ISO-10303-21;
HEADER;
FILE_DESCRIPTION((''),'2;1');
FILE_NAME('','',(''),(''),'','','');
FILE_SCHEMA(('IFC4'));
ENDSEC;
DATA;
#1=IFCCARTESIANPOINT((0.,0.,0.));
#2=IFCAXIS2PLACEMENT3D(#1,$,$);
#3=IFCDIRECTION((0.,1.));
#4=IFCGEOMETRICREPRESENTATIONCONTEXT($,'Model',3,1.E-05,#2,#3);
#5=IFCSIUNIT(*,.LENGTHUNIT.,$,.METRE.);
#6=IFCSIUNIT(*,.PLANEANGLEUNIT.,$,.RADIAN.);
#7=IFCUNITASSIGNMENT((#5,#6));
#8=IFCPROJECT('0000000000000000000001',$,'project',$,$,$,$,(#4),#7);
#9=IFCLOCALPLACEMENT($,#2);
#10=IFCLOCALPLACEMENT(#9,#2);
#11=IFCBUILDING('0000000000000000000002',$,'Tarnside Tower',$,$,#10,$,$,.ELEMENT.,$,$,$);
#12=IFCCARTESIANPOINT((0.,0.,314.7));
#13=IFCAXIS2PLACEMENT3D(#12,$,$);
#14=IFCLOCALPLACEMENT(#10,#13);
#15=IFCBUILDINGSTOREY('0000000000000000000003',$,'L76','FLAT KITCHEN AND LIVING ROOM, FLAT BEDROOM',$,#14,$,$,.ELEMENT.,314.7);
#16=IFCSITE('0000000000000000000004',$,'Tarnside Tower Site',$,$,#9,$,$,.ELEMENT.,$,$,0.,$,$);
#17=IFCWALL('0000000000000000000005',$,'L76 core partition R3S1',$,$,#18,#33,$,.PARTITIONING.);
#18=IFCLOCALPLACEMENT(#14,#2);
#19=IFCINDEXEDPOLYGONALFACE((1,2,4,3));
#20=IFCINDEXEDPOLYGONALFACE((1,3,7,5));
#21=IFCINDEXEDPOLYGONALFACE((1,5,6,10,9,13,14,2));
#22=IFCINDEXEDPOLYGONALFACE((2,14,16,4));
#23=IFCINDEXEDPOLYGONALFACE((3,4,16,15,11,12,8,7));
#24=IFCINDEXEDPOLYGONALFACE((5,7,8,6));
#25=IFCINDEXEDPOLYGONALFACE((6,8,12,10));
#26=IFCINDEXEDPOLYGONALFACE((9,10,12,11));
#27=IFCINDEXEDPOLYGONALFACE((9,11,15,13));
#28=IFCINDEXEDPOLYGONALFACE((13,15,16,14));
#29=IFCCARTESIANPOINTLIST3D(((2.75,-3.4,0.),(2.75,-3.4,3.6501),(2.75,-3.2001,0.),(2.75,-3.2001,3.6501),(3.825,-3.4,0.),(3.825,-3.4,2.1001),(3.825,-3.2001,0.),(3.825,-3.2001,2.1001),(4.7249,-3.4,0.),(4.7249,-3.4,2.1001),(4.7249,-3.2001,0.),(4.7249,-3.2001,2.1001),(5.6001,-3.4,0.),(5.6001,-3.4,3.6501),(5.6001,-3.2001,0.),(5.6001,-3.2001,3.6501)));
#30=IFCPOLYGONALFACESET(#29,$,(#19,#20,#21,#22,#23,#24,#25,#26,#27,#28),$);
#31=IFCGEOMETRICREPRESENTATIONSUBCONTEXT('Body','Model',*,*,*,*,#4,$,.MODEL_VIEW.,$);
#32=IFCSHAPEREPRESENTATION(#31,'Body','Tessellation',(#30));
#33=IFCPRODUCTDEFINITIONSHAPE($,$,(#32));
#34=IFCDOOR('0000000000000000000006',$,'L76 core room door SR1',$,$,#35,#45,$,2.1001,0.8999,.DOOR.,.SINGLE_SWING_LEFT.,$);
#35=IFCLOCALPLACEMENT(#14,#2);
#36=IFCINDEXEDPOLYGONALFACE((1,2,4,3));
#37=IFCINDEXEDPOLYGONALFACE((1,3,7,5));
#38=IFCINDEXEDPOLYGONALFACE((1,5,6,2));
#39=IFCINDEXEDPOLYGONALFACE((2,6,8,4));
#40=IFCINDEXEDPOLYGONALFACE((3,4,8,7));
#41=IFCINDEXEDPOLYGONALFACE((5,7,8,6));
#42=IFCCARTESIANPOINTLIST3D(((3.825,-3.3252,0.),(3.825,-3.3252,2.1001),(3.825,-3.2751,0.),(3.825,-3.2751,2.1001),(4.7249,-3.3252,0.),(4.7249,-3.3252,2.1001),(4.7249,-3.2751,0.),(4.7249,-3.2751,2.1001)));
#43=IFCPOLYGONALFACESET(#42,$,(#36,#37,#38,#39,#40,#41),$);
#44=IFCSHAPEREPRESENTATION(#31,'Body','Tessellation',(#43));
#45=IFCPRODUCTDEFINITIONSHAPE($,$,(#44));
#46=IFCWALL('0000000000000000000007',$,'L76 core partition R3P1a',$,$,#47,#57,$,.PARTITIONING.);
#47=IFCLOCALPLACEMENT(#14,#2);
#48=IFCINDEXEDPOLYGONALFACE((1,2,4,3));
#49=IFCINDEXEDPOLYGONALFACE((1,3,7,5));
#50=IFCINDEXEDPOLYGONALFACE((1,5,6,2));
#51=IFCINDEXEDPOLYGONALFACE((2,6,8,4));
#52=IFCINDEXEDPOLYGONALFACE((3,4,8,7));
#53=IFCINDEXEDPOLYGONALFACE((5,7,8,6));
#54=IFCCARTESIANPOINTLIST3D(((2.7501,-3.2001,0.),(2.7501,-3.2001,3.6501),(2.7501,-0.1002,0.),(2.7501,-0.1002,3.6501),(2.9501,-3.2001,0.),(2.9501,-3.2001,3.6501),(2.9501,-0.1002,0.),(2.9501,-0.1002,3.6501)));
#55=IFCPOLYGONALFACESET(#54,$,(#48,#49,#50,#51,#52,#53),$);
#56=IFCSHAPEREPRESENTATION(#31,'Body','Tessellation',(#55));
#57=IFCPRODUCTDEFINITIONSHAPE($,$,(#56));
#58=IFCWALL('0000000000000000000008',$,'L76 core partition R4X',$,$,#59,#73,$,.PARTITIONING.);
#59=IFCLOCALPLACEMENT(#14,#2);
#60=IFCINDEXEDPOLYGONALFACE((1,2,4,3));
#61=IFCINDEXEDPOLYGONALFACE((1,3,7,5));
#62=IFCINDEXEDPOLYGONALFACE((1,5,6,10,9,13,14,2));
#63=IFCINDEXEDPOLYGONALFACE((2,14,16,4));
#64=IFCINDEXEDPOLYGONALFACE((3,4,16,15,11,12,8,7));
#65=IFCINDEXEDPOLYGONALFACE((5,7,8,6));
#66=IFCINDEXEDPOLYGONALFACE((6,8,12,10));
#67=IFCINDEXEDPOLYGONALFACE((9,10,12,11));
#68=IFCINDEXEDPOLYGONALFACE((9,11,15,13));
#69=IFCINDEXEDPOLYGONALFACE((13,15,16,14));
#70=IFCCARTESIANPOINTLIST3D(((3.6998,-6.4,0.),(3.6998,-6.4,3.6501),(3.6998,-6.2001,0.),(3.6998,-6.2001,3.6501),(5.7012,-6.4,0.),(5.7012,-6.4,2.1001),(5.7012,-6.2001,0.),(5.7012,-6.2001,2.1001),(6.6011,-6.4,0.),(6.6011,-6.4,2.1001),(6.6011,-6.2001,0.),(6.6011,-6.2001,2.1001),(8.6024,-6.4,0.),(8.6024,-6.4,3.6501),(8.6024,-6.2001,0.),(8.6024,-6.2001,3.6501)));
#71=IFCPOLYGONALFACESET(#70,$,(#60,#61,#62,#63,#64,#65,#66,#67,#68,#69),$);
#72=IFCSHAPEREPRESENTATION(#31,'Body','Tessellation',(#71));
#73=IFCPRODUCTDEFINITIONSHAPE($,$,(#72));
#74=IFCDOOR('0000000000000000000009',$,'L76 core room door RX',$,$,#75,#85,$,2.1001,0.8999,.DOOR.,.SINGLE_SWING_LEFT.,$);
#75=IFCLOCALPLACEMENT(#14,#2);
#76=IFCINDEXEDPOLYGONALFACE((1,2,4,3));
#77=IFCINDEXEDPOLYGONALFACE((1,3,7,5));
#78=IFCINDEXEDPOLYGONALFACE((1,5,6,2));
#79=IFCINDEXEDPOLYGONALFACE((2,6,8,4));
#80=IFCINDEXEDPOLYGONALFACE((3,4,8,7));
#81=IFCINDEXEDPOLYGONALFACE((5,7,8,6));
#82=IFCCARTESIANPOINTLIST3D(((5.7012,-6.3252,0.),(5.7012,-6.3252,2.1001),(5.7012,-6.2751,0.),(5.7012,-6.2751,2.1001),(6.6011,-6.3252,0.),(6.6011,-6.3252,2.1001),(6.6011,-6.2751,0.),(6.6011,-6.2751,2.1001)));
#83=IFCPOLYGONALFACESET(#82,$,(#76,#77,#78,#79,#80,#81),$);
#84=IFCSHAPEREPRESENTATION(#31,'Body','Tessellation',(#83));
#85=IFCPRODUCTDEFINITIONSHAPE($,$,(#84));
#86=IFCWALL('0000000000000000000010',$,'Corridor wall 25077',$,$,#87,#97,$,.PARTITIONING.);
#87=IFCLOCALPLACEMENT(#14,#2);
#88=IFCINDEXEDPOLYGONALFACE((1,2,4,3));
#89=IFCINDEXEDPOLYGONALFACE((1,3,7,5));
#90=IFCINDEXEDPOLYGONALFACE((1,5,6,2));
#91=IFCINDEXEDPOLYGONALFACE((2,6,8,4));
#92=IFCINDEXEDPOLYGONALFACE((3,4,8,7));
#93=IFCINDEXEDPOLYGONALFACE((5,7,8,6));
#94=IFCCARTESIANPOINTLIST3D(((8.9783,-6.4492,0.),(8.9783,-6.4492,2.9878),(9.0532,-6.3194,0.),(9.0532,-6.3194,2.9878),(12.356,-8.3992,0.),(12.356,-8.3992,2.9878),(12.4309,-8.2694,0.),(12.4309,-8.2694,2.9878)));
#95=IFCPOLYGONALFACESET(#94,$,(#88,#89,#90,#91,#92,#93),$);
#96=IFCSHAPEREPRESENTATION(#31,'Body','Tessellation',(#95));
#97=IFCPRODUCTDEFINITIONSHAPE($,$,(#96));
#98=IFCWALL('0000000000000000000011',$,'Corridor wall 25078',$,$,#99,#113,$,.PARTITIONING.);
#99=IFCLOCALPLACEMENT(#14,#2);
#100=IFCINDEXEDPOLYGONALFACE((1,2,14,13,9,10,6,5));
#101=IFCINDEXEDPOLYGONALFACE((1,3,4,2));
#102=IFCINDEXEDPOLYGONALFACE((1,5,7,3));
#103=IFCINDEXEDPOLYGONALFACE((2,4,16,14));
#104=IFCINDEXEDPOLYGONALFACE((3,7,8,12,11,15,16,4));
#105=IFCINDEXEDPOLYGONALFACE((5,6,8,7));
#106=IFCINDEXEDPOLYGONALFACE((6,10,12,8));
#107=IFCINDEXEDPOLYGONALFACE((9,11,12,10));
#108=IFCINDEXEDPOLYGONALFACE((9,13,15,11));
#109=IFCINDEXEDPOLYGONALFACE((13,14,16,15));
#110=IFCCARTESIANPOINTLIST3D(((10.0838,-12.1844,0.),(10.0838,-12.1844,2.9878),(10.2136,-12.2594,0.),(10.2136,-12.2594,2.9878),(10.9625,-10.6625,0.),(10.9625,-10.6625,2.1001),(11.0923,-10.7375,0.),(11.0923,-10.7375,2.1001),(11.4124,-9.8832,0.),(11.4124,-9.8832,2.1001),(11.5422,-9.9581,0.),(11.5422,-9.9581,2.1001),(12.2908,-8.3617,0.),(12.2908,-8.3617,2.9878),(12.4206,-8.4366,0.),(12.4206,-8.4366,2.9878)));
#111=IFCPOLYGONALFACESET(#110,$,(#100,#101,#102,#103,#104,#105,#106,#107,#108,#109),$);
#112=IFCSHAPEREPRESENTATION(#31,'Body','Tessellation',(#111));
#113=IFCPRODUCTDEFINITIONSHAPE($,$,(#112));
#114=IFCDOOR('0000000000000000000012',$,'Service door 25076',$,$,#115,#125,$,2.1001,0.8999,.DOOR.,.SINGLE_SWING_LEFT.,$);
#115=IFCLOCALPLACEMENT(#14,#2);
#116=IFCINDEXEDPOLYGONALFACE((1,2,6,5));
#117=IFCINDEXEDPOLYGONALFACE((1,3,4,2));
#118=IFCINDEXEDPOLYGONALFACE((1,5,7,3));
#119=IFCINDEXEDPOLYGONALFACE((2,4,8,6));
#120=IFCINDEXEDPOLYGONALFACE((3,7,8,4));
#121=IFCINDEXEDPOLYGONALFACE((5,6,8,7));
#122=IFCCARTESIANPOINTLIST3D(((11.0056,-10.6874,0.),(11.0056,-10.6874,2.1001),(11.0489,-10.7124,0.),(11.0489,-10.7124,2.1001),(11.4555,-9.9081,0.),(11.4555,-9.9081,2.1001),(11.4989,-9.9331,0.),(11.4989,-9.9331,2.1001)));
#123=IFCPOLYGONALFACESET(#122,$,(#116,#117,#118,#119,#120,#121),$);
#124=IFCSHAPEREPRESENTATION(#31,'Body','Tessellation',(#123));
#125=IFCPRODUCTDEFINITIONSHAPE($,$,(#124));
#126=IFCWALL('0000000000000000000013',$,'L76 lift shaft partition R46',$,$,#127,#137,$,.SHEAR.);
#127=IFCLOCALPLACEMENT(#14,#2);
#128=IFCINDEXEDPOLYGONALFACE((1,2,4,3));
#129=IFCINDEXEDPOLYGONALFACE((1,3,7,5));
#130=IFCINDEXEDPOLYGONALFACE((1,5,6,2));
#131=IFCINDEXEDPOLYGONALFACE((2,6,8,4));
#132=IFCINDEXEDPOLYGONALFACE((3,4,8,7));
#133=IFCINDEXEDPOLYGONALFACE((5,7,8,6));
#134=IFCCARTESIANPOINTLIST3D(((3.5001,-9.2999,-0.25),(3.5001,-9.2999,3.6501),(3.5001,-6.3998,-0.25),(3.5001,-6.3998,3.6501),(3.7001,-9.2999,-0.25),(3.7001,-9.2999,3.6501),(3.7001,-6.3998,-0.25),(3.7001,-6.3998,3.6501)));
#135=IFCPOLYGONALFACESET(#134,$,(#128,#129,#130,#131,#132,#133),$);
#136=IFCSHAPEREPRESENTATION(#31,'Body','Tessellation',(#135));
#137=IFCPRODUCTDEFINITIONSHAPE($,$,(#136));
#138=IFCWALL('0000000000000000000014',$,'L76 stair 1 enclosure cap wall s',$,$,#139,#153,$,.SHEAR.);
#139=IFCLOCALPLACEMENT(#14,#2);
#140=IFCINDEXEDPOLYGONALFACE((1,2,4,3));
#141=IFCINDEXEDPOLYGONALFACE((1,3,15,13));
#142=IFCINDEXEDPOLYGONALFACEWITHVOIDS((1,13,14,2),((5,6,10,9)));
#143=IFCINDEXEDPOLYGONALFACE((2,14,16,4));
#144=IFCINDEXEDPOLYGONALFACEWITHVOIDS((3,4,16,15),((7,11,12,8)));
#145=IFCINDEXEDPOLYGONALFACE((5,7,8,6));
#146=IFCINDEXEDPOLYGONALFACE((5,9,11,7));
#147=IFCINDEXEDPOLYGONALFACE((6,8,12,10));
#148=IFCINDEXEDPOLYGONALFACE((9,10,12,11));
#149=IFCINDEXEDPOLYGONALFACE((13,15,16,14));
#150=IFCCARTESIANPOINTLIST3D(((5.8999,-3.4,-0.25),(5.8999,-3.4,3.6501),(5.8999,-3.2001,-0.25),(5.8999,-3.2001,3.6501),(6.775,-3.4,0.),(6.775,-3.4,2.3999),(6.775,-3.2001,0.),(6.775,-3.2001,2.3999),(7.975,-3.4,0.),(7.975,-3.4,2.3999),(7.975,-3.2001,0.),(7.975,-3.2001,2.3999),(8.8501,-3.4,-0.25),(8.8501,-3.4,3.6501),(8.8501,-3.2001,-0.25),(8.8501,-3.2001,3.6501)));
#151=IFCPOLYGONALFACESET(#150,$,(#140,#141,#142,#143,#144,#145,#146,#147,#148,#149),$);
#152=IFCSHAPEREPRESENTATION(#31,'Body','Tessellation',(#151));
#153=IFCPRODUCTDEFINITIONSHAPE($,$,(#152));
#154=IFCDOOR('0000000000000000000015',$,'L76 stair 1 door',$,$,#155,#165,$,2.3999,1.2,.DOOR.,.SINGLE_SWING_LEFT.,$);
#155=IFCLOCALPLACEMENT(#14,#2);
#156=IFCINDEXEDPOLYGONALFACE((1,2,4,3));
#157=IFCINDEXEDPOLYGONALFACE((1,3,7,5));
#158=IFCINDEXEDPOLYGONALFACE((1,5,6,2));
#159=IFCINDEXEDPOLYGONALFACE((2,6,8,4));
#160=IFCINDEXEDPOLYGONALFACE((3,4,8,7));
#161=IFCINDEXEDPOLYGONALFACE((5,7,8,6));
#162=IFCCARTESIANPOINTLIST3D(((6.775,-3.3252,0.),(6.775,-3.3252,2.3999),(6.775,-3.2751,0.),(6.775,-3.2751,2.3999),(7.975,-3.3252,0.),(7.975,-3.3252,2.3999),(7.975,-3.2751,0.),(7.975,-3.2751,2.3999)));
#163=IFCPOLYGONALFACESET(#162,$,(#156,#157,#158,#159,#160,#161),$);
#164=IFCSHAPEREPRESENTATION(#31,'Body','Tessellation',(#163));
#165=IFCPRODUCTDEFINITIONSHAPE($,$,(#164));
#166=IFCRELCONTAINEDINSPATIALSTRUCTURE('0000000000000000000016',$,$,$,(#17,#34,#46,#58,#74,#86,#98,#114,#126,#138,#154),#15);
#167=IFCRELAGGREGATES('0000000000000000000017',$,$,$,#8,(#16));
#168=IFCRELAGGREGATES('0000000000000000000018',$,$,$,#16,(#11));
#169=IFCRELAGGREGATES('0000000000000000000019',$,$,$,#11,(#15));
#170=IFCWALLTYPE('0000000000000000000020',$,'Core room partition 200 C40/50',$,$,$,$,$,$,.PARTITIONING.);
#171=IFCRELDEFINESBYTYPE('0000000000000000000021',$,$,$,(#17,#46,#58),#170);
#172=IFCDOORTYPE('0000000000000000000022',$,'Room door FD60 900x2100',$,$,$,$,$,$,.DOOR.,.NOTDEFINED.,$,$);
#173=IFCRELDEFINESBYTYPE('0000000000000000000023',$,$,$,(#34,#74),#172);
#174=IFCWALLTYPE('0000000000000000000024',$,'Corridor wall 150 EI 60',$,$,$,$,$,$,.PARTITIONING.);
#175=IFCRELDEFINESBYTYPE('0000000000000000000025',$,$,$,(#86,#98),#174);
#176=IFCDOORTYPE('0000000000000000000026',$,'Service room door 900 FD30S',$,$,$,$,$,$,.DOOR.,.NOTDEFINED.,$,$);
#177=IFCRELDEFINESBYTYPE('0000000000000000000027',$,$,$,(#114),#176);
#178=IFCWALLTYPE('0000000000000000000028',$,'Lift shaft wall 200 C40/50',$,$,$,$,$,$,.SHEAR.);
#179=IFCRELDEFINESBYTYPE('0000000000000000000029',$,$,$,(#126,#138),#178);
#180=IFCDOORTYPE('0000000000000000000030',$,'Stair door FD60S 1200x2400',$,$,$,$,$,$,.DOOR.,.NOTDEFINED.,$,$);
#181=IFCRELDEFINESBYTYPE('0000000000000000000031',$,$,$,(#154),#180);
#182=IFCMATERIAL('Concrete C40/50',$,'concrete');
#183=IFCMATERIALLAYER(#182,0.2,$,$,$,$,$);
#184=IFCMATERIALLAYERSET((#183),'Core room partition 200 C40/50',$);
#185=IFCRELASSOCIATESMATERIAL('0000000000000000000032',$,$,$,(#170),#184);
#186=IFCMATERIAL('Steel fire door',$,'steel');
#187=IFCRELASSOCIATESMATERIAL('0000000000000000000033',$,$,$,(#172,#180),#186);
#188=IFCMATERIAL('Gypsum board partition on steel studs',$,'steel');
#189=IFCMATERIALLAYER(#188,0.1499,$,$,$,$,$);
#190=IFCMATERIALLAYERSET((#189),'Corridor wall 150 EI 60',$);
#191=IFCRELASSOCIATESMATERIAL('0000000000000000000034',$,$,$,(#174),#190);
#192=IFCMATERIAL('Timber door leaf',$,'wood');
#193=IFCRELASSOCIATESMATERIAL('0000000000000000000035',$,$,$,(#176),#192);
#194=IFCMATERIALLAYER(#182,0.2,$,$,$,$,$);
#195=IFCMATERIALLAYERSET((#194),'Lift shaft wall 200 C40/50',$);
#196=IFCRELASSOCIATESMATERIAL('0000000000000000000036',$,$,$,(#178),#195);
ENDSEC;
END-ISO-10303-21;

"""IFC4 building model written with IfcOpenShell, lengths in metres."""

from ifc_helpers import new_model, si_unit, direction, frame, frame_2d, origin, place, context, subcontext, project, spatial, rectangle, extrude, material, layer, layer_set, type_object, element, fill, save


model = new_model("IFC4")

# Units and contexts
model_context = context("Model", 3, precision=1e-05, world=origin(), true_north=direction((0.0, 1.0)))
body_context = subcontext(model_context, "Body", "Model", "MODEL_VIEW")
ifc_project = project(units=[si_unit("LENGTHUNIT", "METRE"), si_unit("PLANEANGLEUNIT", "RADIAN")], contexts=[model_context])

# Site, building, storey
site_placement = place(None, origin())
site = spatial("IfcSite", under=ifc_project, at=site_placement, Name="Tarnside Tower Site", CompositionType="ELEMENT", RefElevation=0.0)
building_placement = place(site_placement, origin())
building = spatial("IfcBuilding", under=site, at=building_placement, Name="Tarnside Tower", CompositionType="ELEMENT")
storey_placement = place(building_placement, frame((0.0, 0.0, 314.7)))
storey = spatial("IfcBuildingStorey", under=building, at=storey_placement, Name="L76", Description="FLAT KITCHEN AND LIVING ROOM, FLAT BEDROOM", CompositionType="ELEMENT", Elevation=314.7)

# Wall, opening, door
ifc_material_1 = material(Name="Concrete C40/50", Category="concrete")
ifc_layer_1 = layer(ifc_material_1, 0.2)
ifc_layer_set_1 = layer_set([ifc_layer_1], Name="Core room partition 200 C40/50")
wall_type_1 = type_object("IfcWallType", Name="Core room partition 200 C40/50", PredefinedType="PARTITIONING", material=ifc_layer_set_1)
wall_1_placement = place(storey_placement, frame((2.75, -3.3, 0.0), z_axis=(0.0, 0.0, 1.0), x_axis=(1.0, 0.0, 0.0)))
wall_1 = element("IfcWall", 1, at=wall_1_placement, inside=storey, type_object=wall_type_1, Name="L76 core partition R3S1", PredefinedType="PARTITIONING", context=body_context, shape_type="SweptSolid", body=[
    extrude(rectangle(XDim=2.8501, YDim=0.2, at=frame_2d((1.425, 0.0))), origin(), (0.0, 0.0, 1.0), 3.6501),
])
opening_1_placement = place(wall_1_placement, frame((1.075, 0.0, 0.0)))
opening_1 = element("IfcOpeningElement", 2, at=opening_1_placement, cuts=wall_1, PredefinedType="OPENING", context=body_context, shape_type="SweptSolid", body=[
    extrude(rectangle(XDim=0.8999, YDim=2.1001, at=frame_2d((0.45, 1.05))), frame((0.0, 0.1099, 0.0), z_axis=(0.0, -1.0, 0.0), x_axis=(1.0, 0.0, 0.0)), (0.0, 0.0, 1.0), 0.22),
])
ifc_material_2 = material(Name="Steel fire door", Category="steel")
door_type_1 = type_object("IfcDoorType", Name="Room door FD60 900x2100", OperationType="NOTDEFINED", PredefinedType="DOOR", material=ifc_material_2)
door_1_placement = place(opening_1_placement, origin())
door_1 = element("IfcDoor", 3, at=door_1_placement, inside=storey, type_object=door_type_1, Name="L76 core room door SR1", OperationType="SINGLE_SWING_LEFT", OverallHeight=2.1001, OverallWidth=0.8999, PredefinedType="DOOR", context=body_context, shape_type="SweptSolid", body=[
    extrude(rectangle(XDim=0.8999, YDim=2.1001, at=frame_2d((0.45, 1.05))), frame((0.0, 0.0249, 0.0), z_axis=(0.0, -1.0, 0.0), x_axis=(1.0, 0.0, 0.0)), (0.0, 0.0, 1.0), 0.05),
])
fill(opening_1, door_1)

# Wall
wall_2_placement = place(storey_placement, frame((2.8501, -3.2, 0.0), z_axis=(0.0, 0.0, 1.0), x_axis=(0.0, 1.0, 0.0)))
element("IfcWall", 4, at=wall_2_placement, inside=storey, type_object=wall_type_1, Name="L76 core partition R3P1a", PredefinedType="PARTITIONING", context=body_context, shape_type="SweptSolid", body=[
    extrude(rectangle(XDim=3.0999, YDim=0.2, at=frame_2d((1.5498, 0.0))), origin(), (0.0, 0.0, 1.0), 3.6501),
])

# Wall, opening, door
wall_3_placement = place(storey_placement, frame((3.7, -6.3, 0.0), z_axis=(0.0, 0.0, 1.0), x_axis=(1.0, 0.0, 0.0)))
wall_3 = element("IfcWall", 5, at=wall_3_placement, inside=storey, type_object=wall_type_1, Name="L76 core partition R4X", PredefinedType="PARTITIONING", context=body_context, shape_type="SweptSolid", body=[
    extrude(rectangle(XDim=4.9026, YDim=0.2, at=frame_2d((2.4512, 0.0))), origin(), (0.0, 0.0, 1.0), 3.6501),
])
opening_2_placement = place(wall_3_placement, frame((2.0012, 0.0, 0.0)))
opening_2 = element("IfcOpeningElement", 6, at=opening_2_placement, cuts=wall_3, PredefinedType="OPENING", context=body_context, shape_type="SweptSolid", body=[
    extrude(rectangle(XDim=0.8999, YDim=2.1001, at=frame_2d((0.45, 1.05))), frame((0.0, 0.1099, 0.0), z_axis=(0.0, -1.0, 0.0), x_axis=(1.0, 0.0, 0.0)), (0.0, 0.0, 1.0), 0.22),
])
door_2_placement = place(opening_2_placement, origin())
door_2 = element("IfcDoor", 7, at=door_2_placement, inside=storey, type_object=door_type_1, Name="L76 core room door RX", OperationType="SINGLE_SWING_LEFT", OverallHeight=2.1001, OverallWidth=0.8999, PredefinedType="DOOR", context=body_context, shape_type="SweptSolid", body=[
    extrude(rectangle(XDim=0.8999, YDim=2.1001, at=frame_2d((0.45, 1.05))), frame((0.0, 0.0249, 0.0), z_axis=(0.0, -1.0, 0.0), x_axis=(1.0, 0.0, 0.0)), (0.0, 0.0, 1.0), 0.05),
])
fill(opening_2, door_2)

# Wall
ifc_material_3 = material(Name="Gypsum board partition on steel studs", Category="steel")
ifc_layer_2 = layer(ifc_material_3, 0.1499)
ifc_layer_set_2 = layer_set([ifc_layer_2], Name="Corridor wall 150 EI 60")
wall_type_2 = type_object("IfcWallType", Name="Corridor wall 150 EI 60", PredefinedType="PARTITIONING", material=ifc_layer_set_2)
wall_4_placement = place(storey_placement, frame((9.0156, -6.3843, 0.0), z_axis=(0.0, 0.0, 1.0), x_axis=(0.866043, -0.49997, 0.0)))
element("IfcWall", 8, at=wall_4_placement, inside=storey, type_object=wall_type_2, Name="Corridor wall 25077", PredefinedType="PARTITIONING", context=body_context, shape_type="SweptSolid", body=[
    extrude(rectangle(XDim=3.9001, YDim=0.1499, at=frame_2d((1.9502, 0.0))), origin(), (0.0, 0.0, 1.0), 2.9878),
])

# Wall, opening, door
wall_5_placement = place(storey_placement, frame((12.3557, -8.3992, 0.0), z_axis=(0.0, 0.0, 1.0), x_axis=(-0.499994, -0.866029, 0.0)))
wall_5 = element("IfcWall", 9, at=wall_5_placement, inside=storey, type_object=wall_type_2, Name="Corridor wall 25078", PredefinedType="PARTITIONING", context=body_context, shape_type="SweptSolid", body=[
    extrude(rectangle(XDim=4.4141, YDim=0.1499, at=frame_2d((2.207, 0.0))), origin(), (0.0, 0.0, 1.0), 2.9878),
])
opening_3_placement = place(wall_5_placement, frame((1.7568, 0.0, 0.0)))
opening_3 = element("IfcOpeningElement", 10, at=opening_3_placement, cuts=wall_5, PredefinedType="OPENING", context=body_context, shape_type="SweptSolid", body=[
    extrude(rectangle(XDim=0.8999, YDim=2.1001, at=frame_2d((0.45, 1.05))), frame((0.0, 0.085, 0.0), z_axis=(0.0, -1.0, 0.0), x_axis=(1.0, 0.0, 0.0)), (0.0, 0.0, 1.0), 0.1699),
])
ifc_material_4 = material(Name="Timber door leaf", Category="wood")
door_type_2 = type_object("IfcDoorType", Name="Service room door 900 FD30S", OperationType="NOTDEFINED", PredefinedType="DOOR", material=ifc_material_4)
door_3_placement = place(opening_3_placement, origin())
door_3 = element("IfcDoor", 11, at=door_3_placement, inside=storey, type_object=door_type_2, Name="Service door 25076", OperationType="SINGLE_SWING_LEFT", OverallHeight=2.1001, OverallWidth=0.8999, PredefinedType="DOOR", context=body_context, shape_type="SweptSolid", body=[
    extrude(rectangle(XDim=0.8999, YDim=2.1001, at=frame_2d((0.45, 1.05))), frame((0.0, 0.0249, 0.0), z_axis=(0.0, -1.0, 0.0), x_axis=(1.0, 0.0, 0.0)), (0.0, 0.0, 1.0), 0.05),
])
fill(opening_3, door_3)

# Wall
ifc_layer_3 = layer(ifc_material_1, 0.2)
ifc_layer_set_3 = layer_set([ifc_layer_3], Name="Lift shaft wall 200 C40/50")
wall_type_3 = type_object("IfcWallType", Name="Lift shaft wall 200 C40/50", PredefinedType="SHEAR", material=ifc_layer_set_3)
wall_6_placement = place(storey_placement, frame((3.6001, -9.3, -0.25), z_axis=(0.0, 0.0, 1.0), x_axis=(0.0, 1.0, 0.0)))
element("IfcWall", 12, at=wall_6_placement, inside=storey, type_object=wall_type_3, Name="L76 lift shaft partition R46", PredefinedType="SHEAR", context=body_context, shape_type="SweptSolid", body=[
    extrude(rectangle(XDim=2.9001, YDim=0.2, at=frame_2d((1.4502, 0.0))), origin(), (0.0, 0.0, 1.0), 3.9001),
])

# Wall, opening, door
wall_7_placement = place(storey_placement, frame((5.8999, -3.3, -0.25), z_axis=(0.0, 0.0, 1.0), x_axis=(1.0, 0.0, 0.0)))
wall_7 = element("IfcWall", 13, at=wall_7_placement, inside=storey, type_object=wall_type_3, Name="L76 stair 1 enclosure cap wall s", PredefinedType="SHEAR", context=body_context, shape_type="SweptSolid", body=[
    extrude(rectangle(XDim=2.9502, YDim=0.2, at=frame_2d((1.4751, 0.0))), origin(), (0.0, 0.0, 1.0), 3.9001),
])
opening_4_placement = place(wall_7_placement, frame((0.875, 0.0, 0.25)))
opening_4 = element("IfcOpeningElement", 14, at=opening_4_placement, cuts=wall_7, PredefinedType="OPENING", context=body_context, shape_type="SweptSolid", body=[
    extrude(rectangle(XDim=1.2, YDim=2.3999, at=frame_2d((0.6001, 1.2))), frame((0.0, 0.1099, 0.0), z_axis=(0.0, -1.0, 0.0), x_axis=(1.0, 0.0, 0.0)), (0.0, 0.0, 1.0), 0.22),
])
door_type_3 = type_object("IfcDoorType", Name="Stair door FD60S 1200x2400", OperationType="NOTDEFINED", PredefinedType="DOOR", material=ifc_material_2)
door_4_placement = place(opening_4_placement, origin())
door_4 = element("IfcDoor", 15, at=door_4_placement, inside=storey, type_object=door_type_3, Name="L76 stair 1 door", OperationType="SINGLE_SWING_LEFT", OverallHeight=2.3999, OverallWidth=1.2, PredefinedType="DOOR", context=body_context, shape_type="SweptSolid", body=[
    extrude(rectangle(XDim=1.2, YDim=2.3999, at=frame_2d((0.6001, 1.2))), frame((0.0, 0.0249, 0.0), z_axis=(0.0, -1.0, 0.0), x_axis=(1.0, 0.0, 0.0)), (0.0, 0.0, 1.0), 0.05),
])
fill(opening_4, door_4)

save(model, "model.ifc")
